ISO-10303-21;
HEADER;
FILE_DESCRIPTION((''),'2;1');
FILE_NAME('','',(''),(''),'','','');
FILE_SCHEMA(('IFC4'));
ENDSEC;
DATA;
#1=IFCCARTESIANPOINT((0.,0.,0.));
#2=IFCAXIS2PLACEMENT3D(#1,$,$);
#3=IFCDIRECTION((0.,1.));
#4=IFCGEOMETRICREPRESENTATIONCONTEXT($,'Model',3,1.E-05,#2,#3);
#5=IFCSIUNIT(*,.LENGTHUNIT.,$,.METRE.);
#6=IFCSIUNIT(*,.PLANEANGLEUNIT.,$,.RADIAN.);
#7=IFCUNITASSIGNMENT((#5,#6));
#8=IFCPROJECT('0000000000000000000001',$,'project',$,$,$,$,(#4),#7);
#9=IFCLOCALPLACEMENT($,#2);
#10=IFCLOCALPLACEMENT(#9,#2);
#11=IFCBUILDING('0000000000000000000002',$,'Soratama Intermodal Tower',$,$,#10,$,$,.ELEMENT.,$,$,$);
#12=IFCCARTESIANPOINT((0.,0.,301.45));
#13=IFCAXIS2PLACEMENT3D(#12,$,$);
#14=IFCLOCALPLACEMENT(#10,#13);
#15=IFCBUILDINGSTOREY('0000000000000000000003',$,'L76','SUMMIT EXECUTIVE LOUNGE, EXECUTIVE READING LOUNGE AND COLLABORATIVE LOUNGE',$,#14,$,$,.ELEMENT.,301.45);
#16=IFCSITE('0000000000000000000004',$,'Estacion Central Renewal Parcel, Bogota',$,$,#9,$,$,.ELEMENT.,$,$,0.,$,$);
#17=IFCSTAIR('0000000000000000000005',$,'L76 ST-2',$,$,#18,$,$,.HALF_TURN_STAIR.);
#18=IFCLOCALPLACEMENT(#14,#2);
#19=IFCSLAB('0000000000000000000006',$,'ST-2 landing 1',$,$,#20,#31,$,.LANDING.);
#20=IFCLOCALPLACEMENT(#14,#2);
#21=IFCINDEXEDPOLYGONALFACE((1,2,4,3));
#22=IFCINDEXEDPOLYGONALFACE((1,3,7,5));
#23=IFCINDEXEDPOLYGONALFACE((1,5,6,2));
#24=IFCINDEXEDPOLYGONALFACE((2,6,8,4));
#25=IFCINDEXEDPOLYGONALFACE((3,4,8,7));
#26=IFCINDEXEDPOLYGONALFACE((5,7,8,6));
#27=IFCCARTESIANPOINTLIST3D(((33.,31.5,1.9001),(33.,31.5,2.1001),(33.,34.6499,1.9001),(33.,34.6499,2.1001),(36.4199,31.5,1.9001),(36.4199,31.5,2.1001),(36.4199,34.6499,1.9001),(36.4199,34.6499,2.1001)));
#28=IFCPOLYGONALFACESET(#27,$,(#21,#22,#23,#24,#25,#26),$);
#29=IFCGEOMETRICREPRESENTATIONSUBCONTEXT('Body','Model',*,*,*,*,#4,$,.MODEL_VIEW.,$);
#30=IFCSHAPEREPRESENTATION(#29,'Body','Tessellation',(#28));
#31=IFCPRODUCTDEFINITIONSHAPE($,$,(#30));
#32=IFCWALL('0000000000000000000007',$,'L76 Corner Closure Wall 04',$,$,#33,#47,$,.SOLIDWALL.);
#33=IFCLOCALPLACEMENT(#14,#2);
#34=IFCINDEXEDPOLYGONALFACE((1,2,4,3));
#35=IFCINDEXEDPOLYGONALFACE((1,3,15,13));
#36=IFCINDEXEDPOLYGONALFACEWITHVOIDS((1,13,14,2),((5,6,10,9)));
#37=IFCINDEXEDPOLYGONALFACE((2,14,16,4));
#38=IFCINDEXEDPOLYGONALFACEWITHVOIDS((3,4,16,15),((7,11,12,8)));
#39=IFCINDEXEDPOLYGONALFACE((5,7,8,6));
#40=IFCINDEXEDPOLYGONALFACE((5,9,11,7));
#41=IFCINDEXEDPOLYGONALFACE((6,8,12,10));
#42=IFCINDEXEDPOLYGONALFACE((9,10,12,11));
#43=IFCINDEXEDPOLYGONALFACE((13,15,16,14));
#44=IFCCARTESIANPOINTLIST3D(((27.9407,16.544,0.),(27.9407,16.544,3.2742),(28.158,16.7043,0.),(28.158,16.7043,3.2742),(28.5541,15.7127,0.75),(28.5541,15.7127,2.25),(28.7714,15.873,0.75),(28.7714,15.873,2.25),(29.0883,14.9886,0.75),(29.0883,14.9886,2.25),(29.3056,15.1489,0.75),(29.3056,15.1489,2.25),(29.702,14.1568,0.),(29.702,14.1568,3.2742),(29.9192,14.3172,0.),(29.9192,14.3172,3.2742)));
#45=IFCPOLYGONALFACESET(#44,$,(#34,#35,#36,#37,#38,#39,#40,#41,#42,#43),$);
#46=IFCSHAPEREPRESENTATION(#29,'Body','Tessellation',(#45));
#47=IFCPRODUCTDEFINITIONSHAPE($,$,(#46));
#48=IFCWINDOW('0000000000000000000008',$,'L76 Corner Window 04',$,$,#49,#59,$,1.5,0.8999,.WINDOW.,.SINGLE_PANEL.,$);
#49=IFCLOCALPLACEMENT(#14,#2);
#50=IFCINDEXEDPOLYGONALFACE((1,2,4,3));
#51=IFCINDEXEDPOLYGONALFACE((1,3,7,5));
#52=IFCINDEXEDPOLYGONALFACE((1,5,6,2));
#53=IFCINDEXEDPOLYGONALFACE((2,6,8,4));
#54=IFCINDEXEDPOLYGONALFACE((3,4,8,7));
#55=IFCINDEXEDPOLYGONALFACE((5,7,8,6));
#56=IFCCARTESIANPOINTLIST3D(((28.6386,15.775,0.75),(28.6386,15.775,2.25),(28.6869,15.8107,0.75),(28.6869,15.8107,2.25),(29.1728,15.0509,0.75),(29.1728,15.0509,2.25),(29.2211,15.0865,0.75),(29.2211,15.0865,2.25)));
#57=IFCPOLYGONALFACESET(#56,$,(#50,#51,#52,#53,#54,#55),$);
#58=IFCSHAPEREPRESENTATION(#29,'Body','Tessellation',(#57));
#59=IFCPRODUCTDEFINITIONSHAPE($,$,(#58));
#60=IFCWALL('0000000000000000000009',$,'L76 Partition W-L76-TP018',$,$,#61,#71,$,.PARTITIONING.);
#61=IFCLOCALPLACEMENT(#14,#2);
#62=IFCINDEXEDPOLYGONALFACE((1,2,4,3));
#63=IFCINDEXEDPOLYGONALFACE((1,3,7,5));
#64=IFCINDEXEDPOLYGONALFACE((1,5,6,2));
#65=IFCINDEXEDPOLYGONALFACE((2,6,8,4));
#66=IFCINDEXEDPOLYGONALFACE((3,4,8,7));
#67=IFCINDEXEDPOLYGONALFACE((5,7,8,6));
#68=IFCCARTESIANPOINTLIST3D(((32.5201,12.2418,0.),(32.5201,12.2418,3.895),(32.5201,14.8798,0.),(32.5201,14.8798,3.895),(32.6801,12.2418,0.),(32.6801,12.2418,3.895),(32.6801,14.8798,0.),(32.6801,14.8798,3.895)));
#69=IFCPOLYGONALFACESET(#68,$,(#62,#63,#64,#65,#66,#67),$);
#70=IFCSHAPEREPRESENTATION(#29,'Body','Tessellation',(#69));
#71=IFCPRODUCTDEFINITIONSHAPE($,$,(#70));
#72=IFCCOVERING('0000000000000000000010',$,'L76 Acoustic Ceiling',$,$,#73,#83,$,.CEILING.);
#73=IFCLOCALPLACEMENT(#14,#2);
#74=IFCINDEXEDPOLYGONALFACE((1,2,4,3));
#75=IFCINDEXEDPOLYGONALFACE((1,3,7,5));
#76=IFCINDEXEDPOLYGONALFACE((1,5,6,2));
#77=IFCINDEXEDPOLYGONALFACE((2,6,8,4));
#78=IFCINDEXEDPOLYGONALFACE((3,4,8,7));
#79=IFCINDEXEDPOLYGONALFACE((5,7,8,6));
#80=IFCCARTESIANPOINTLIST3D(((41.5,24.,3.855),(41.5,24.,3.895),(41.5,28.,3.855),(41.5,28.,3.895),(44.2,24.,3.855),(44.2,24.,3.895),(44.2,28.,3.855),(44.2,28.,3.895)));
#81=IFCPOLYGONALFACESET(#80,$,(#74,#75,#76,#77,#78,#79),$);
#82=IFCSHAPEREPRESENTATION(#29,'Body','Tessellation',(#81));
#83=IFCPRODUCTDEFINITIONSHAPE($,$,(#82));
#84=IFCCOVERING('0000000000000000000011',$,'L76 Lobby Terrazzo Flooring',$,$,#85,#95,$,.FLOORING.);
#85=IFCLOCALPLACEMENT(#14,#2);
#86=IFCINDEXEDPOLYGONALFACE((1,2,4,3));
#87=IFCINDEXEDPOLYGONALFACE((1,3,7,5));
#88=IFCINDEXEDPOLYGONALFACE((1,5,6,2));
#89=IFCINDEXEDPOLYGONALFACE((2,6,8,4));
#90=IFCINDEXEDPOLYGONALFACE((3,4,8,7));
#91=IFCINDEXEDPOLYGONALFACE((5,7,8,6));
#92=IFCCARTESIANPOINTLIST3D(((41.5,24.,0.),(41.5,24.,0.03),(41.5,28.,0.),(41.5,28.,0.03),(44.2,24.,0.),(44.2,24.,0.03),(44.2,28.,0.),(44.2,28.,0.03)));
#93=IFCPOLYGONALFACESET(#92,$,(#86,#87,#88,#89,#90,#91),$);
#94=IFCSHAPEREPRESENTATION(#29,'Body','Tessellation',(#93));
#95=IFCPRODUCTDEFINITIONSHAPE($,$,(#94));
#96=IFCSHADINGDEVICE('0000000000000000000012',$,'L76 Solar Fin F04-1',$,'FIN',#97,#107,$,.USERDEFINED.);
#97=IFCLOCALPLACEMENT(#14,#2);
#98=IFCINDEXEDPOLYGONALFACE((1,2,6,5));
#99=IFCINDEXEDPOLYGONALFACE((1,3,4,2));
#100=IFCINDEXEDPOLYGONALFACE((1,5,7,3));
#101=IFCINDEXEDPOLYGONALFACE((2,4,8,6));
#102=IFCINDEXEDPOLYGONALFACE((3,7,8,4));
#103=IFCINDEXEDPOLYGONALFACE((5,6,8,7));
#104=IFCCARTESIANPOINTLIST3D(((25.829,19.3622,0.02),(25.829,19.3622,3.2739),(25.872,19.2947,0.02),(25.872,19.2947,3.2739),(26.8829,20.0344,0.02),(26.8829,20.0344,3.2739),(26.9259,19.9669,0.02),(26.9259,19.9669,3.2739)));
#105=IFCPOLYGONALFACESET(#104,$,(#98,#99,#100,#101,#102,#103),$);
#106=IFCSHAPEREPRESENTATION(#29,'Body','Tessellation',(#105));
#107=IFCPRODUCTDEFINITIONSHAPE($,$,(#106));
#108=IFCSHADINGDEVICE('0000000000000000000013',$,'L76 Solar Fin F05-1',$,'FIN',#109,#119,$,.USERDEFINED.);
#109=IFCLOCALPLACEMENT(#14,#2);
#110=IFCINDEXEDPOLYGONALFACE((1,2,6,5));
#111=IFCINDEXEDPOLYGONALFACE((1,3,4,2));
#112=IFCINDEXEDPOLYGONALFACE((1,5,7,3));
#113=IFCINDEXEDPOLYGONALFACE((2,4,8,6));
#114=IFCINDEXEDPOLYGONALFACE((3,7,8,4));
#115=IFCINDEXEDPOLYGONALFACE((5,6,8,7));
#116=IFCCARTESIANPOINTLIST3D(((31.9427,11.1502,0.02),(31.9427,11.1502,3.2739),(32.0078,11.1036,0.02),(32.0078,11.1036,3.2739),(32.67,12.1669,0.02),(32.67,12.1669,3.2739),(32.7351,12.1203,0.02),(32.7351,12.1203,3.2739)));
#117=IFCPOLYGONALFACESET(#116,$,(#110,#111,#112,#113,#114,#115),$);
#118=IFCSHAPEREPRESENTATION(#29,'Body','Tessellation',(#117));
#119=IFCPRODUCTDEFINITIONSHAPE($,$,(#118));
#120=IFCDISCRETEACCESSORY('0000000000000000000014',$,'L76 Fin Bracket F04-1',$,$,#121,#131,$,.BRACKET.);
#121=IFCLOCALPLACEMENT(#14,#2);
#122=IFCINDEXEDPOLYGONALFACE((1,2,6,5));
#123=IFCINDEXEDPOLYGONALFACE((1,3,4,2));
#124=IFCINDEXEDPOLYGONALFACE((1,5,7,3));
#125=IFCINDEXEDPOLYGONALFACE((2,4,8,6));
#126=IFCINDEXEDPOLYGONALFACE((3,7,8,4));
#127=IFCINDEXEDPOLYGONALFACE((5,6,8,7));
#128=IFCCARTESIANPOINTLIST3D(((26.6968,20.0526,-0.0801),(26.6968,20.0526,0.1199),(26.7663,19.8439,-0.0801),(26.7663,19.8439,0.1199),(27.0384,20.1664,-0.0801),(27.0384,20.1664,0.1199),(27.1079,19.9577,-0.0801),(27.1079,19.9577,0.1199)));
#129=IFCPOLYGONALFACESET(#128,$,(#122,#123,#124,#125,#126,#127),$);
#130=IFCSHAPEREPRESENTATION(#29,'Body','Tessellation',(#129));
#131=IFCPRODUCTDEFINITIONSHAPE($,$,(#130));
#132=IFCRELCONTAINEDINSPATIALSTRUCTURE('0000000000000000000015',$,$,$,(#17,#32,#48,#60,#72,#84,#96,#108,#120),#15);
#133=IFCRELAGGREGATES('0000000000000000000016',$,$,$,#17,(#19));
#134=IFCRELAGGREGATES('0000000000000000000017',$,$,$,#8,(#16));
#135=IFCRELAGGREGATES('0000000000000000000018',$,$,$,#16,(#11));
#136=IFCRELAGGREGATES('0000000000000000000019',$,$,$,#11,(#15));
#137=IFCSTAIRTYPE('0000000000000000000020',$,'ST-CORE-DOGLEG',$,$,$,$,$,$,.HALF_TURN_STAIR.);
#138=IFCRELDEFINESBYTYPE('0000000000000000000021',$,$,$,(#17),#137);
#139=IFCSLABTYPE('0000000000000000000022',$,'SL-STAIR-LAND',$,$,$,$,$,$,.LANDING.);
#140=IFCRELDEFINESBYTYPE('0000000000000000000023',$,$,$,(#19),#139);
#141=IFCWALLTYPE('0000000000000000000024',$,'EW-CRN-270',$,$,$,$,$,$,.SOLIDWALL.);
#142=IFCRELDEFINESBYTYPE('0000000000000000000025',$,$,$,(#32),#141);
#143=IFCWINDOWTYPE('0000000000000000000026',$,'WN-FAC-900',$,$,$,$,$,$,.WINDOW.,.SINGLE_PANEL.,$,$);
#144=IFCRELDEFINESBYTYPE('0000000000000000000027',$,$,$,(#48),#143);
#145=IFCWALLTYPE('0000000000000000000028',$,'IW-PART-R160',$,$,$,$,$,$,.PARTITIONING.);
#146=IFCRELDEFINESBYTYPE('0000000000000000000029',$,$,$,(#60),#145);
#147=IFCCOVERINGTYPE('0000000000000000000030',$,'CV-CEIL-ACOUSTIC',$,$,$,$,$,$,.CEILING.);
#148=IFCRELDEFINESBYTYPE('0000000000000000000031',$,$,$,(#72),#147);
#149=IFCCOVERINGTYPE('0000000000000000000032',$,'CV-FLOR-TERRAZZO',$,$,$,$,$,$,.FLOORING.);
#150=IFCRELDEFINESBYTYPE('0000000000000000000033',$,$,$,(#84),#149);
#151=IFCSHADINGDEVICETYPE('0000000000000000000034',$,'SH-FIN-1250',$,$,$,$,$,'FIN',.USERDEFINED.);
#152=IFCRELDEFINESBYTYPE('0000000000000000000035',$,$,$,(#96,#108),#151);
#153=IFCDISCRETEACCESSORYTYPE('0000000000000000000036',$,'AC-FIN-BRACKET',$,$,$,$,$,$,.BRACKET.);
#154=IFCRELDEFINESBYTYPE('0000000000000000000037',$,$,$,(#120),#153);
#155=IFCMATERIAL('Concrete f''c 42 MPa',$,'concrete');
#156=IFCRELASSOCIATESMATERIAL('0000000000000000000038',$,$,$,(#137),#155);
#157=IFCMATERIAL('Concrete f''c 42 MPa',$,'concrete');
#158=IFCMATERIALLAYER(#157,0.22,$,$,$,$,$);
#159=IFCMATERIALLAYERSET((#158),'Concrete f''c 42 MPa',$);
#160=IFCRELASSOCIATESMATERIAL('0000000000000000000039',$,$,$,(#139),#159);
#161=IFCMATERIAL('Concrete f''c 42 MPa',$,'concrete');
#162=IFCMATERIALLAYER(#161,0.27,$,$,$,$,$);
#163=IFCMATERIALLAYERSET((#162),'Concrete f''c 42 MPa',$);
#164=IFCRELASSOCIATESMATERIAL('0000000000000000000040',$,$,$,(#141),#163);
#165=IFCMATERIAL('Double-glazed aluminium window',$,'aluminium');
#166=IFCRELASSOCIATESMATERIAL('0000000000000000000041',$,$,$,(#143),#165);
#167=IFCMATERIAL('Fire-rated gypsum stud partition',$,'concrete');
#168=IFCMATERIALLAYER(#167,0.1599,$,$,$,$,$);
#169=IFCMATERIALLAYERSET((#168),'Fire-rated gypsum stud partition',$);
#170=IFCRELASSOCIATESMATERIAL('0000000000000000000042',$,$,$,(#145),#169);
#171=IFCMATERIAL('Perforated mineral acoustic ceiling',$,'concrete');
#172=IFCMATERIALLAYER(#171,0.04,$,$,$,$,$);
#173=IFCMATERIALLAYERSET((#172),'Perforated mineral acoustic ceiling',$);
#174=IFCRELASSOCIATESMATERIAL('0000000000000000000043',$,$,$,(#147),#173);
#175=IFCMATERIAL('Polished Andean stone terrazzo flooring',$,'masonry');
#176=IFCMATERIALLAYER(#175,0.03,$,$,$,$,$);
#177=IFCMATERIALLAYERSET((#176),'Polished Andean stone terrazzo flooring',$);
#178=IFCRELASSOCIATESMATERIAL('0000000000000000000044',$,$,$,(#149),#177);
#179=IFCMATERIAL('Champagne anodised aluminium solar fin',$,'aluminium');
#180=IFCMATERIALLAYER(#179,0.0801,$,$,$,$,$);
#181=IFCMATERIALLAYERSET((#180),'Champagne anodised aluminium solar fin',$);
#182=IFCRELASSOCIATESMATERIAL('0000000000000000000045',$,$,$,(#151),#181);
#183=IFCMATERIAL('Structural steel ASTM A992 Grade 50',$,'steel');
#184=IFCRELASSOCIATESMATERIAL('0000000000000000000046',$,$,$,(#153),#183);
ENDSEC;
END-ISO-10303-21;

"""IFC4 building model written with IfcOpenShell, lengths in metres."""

from ifc_helpers import new_model, si_unit, direction, frame, frame_2d, origin, origin_2d, place, context, subcontext, project, spatial, polyline, rectangle, outline, extrude, material, layer, layer_set, type_object, element, fill, aggregate, save


model = new_model("IFC4")

# Units and contexts
model_context = context("Model", 3, precision=1e-05, world=origin(), true_north=direction((0.0, 1.0)))
body_context = subcontext(model_context, "Body", "Model", "MODEL_VIEW")
ifc_project = project(units=[si_unit("LENGTHUNIT", "METRE"), si_unit("PLANEANGLEUNIT", "RADIAN")], contexts=[model_context])

# Site, building, storey
site_placement = place(None, origin())
site = spatial("IfcSite", under=ifc_project, at=site_placement, Name="Estacion Central Renewal Parcel, Bogota", CompositionType="ELEMENT", RefElevation=0.0)
building_placement = place(site_placement, origin())
building = spatial("IfcBuilding", under=site, at=building_placement, Name="Soratama Intermodal Tower", CompositionType="ELEMENT")
storey_placement = place(building_placement, frame((0.0, 0.0, 301.45)))
storey = spatial("IfcBuildingStorey", under=building, at=storey_placement, Name="L76", Description="SUMMIT EXECUTIVE LOUNGE, EXECUTIVE READING LOUNGE AND COLLABORATIVE LOUNGE", CompositionType="ELEMENT", Elevation=301.45)

# Stair, slab
ifc_material_1 = material(Name="Concrete f'c 42 MPa", Category="concrete")
stair_type = type_object("IfcStairType", Name="ST-CORE-DOGLEG", PredefinedType="HALF_TURN_STAIR", material=ifc_material_1)
ifc_material_2 = material(Name="Concrete f'c 42 MPa", Category="concrete")
ifc_layer_1 = layer(ifc_material_2, 0.22)
ifc_layer_set_1 = layer_set([ifc_layer_1], Name="Concrete f'c 42 MPa")
slab_type_1 = type_object("IfcSlabType", Name="SL-STAIR-LAND", PredefinedType="LANDING", material=ifc_layer_set_1)
stair_1_placement = place(storey_placement, origin())
stair_1 = element("IfcStair", 1, at=stair_1_placement, inside=storey, type_object=stair_type, Name="L76 ST-2", PredefinedType="HALF_TURN_STAIR")
slab_1_placement = place(storey_placement, frame((0.0, 0.0, 1.9001)))
slab_1 = element("IfcSlab", 2, at=slab_1_placement, type_object=slab_type_1, Name="ST-2 landing 1", PredefinedType="LANDING", context=body_context, shape_type="SweptSolid", body=[
    extrude(outline(polyline([(36.4199, 34.6499), (33.0, 34.6499), (33.0, 31.5), (36.4199, 31.5), (36.4199, 34.6499)])), origin(), (0.0, 0.0, 1.0), 0.2),
])
aggregate(stair_1, [slab_1])

# Wall, opening, window
ifc_material_3 = material(Name="Concrete f'c 42 MPa", Category="concrete")
ifc_layer_2 = layer(ifc_material_3, 0.27)
ifc_layer_set_2 = layer_set([ifc_layer_2], Name="Concrete f'c 42 MPa")
wall_type_1 = type_object("IfcWallType", Name="EW-CRN-270", PredefinedType="SOLIDWALL", material=ifc_layer_set_2)
wall_1_placement = place(storey_placement, frame((28.0493, 16.6243, 0.0), z_axis=(0.0, 0.0, 1.0), x_axis=(0.593687, -0.804696, 0.0)))
wall_1 = element("IfcWall", 3, at=wall_1_placement, inside=storey, type_object=wall_type_1, Name="L76 Corner Closure Wall 04", PredefinedType="SOLIDWALL", context=body_context, shape_type="SweptSolid", body=[
    extrude(rectangle(XDim=2.9666, YDim=0.27, at=frame_2d((1.4834, 0.0))), origin(), (0.0, 0.0, 1.0), 3.2742),
])
opening_placement = place(wall_1_placement, frame((1.0332, 0.0, 0.75)))
opening = element("IfcOpeningElement", 4, at=opening_placement, cuts=wall_1, PredefinedType="OPENING", context=body_context, shape_type="SweptSolid", body=[
    extrude(rectangle(XDim=0.8999, YDim=1.5, at=frame_2d((0.45, 0.75))), frame((0.0, 0.145, 0.0), z_axis=(0.0, -1.0, 0.0), x_axis=(1.0, 0.0, 0.0)), (0.0, 0.0, 1.0), 0.29),
])
ifc_material_4 = material(Name="Double-glazed aluminium window", Category="aluminium")
window_type = type_object("IfcWindowType", Name="WN-FAC-900", PartitioningType="SINGLE_PANEL", PredefinedType="WINDOW", material=ifc_material_4)
window_placement = place(opening_placement, origin())
window = element("IfcWindow", 5, at=window_placement, inside=storey, type_object=window_type, Name="L76 Corner Window 04", OverallHeight=1.5, OverallWidth=0.8999, PartitioningType="SINGLE_PANEL", PredefinedType="WINDOW", context=body_context, shape_type="SweptSolid", body=[
    extrude(rectangle(XDim=0.8999, YDim=1.5, at=frame_2d((0.45, 0.75))), frame((0.0, 0.03, 0.0), z_axis=(0.0, -1.0, 0.0), x_axis=(1.0, 0.0, 0.0)), (0.0, 0.0, 1.0), 0.0601),
])
fill(opening, window)

# Wall
ifc_material_5 = material(Name="Fire-rated gypsum stud partition", Category="concrete")
ifc_layer_3 = layer(ifc_material_5, 0.1599)
ifc_layer_set_3 = layer_set([ifc_layer_3], Name="Fire-rated gypsum stud partition")
wall_type_2 = type_object("IfcWallType", Name="IW-PART-R160", PredefinedType="PARTITIONING", material=ifc_layer_set_3)
wall_2_placement = place(storey_placement, frame((32.6001, 12.2419, 0.0), z_axis=(0.0, 0.0, 1.0), x_axis=(0.0, 1.0, 0.0)))
element("IfcWall", 6, at=wall_2_placement, inside=storey, type_object=wall_type_2, Name="L76 Partition W-L76-TP018", PredefinedType="PARTITIONING", context=body_context, shape_type="SweptSolid", body=[
    extrude(rectangle(XDim=2.6379, YDim=0.1599, at=frame_2d((1.3188, 0.0))), origin(), (0.0, 0.0, 1.0), 3.895),
])

# Coverings
ifc_material_6 = material(Name="Perforated mineral acoustic ceiling", Category="concrete")
ifc_layer_4 = layer(ifc_material_6, 0.04)
ifc_layer_set_4 = layer_set([ifc_layer_4], Name="Perforated mineral acoustic ceiling")
covering_type_1 = type_object("IfcCoveringType", Name="CV-CEIL-ACOUSTIC", PredefinedType="CEILING", material=ifc_layer_set_4)
covering_1_placement = place(storey_placement, frame((0.0, 0.0, 3.855)))
element("IfcCovering", 7, at=covering_1_placement, inside=storey, type_object=covering_type_1, Name="L76 Acoustic Ceiling", PredefinedType="CEILING", context=body_context, shape_type="SweptSolid", body=[
    extrude(outline(polyline([(41.5, 24.0), (44.2, 24.0), (44.2, 28.0), (41.5, 28.0), (41.5, 24.0)])), origin(), (0.0, 0.0, 1.0), 0.04),
])
ifc_material_7 = material(Name="Polished Andean stone terrazzo flooring", Category="masonry")
ifc_layer_5 = layer(ifc_material_7, 0.03)
ifc_layer_set_5 = layer_set([ifc_layer_5], Name="Polished Andean stone terrazzo flooring")
covering_type_2 = type_object("IfcCoveringType", Name="CV-FLOR-TERRAZZO", PredefinedType="FLOORING", material=ifc_layer_set_5)
covering_2_placement = place(storey_placement, origin())
element("IfcCovering", 8, at=covering_2_placement, inside=storey, type_object=covering_type_2, Name="L76 Lobby Terrazzo Flooring", PredefinedType="FLOORING", context=body_context, shape_type="SweptSolid", body=[
    extrude(outline(polyline([(41.5, 24.0), (44.2, 24.0), (44.2, 28.0), (41.5, 28.0), (41.5, 24.0)])), origin(), (0.0, 0.0, 1.0), 0.03),
])

# Shading devices
ifc_material_8 = material(Name="Champagne anodised aluminium solar fin", Category="aluminium")
ifc_layer_6 = layer(ifc_material_8, 0.0801)
ifc_layer_set_6 = layer_set([ifc_layer_6], Name="Champagne anodised aluminium solar fin")
shading_device_type = type_object("IfcShadingDeviceType", Name="SH-FIN-1250", ElementType="FIN", PredefinedType="USERDEFINED", material=ifc_layer_set_6)
for number, where, z_axis, x_axis, name in (
    (9, (26.3774, 19.6646, 0.02), (0.0, 0.0, 1.0), (-0.84311, -0.537741, 0.0), "L76 Solar Fin F04-1"),
    (10, (32.3389, 11.6353, 0.02), (0.0, 0.0, 1.0), (-0.581839, -0.813304, 0.0), "L76 Solar Fin F05-1"),
):
    element("IfcShadingDevice", number, at=place(storey_placement, frame(where, z_axis=z_axis, x_axis=x_axis)), inside=storey, type_object=shading_device_type, Name=name, ObjectType="FIN", PredefinedType="USERDEFINED", context=body_context, shape_type="SweptSolid", body=[
        extrude(rectangle(XDim=1.25, YDim=0.0801, at=origin_2d()), origin(), (0.0, 0.0, 1.0), 3.2539),
    ])

# Discrete accessory
ifc_material_9 = material(Name="Structural steel ASTM A992 Grade 50", Category="steel")
discrete_accessory_type = type_object("IfcDiscreteAccessoryType", Name="AC-FIN-BRACKET", PredefinedType="BRACKET", material=ifc_material_9)
discrete_accessory_placement = place(storey_placement, frame((26.9023, 20.0051, -0.0801), z_axis=(0.0, 0.0, 1.0), x_axis=(-0.948766, -0.31598, 0.0)))
element("IfcDiscreteAccessory", 11, at=discrete_accessory_placement, inside=storey, type_object=discrete_accessory_type, Name="L76 Fin Bracket F04-1", PredefinedType="BRACKET", context=body_context, shape_type="SweptSolid", body=[
    extrude(rectangle(XDim=0.3601, YDim=0.22, at=origin_2d()), origin(), (0.0, 0.0, 1.0), 0.2),
])

save(model, "model.ifc")
